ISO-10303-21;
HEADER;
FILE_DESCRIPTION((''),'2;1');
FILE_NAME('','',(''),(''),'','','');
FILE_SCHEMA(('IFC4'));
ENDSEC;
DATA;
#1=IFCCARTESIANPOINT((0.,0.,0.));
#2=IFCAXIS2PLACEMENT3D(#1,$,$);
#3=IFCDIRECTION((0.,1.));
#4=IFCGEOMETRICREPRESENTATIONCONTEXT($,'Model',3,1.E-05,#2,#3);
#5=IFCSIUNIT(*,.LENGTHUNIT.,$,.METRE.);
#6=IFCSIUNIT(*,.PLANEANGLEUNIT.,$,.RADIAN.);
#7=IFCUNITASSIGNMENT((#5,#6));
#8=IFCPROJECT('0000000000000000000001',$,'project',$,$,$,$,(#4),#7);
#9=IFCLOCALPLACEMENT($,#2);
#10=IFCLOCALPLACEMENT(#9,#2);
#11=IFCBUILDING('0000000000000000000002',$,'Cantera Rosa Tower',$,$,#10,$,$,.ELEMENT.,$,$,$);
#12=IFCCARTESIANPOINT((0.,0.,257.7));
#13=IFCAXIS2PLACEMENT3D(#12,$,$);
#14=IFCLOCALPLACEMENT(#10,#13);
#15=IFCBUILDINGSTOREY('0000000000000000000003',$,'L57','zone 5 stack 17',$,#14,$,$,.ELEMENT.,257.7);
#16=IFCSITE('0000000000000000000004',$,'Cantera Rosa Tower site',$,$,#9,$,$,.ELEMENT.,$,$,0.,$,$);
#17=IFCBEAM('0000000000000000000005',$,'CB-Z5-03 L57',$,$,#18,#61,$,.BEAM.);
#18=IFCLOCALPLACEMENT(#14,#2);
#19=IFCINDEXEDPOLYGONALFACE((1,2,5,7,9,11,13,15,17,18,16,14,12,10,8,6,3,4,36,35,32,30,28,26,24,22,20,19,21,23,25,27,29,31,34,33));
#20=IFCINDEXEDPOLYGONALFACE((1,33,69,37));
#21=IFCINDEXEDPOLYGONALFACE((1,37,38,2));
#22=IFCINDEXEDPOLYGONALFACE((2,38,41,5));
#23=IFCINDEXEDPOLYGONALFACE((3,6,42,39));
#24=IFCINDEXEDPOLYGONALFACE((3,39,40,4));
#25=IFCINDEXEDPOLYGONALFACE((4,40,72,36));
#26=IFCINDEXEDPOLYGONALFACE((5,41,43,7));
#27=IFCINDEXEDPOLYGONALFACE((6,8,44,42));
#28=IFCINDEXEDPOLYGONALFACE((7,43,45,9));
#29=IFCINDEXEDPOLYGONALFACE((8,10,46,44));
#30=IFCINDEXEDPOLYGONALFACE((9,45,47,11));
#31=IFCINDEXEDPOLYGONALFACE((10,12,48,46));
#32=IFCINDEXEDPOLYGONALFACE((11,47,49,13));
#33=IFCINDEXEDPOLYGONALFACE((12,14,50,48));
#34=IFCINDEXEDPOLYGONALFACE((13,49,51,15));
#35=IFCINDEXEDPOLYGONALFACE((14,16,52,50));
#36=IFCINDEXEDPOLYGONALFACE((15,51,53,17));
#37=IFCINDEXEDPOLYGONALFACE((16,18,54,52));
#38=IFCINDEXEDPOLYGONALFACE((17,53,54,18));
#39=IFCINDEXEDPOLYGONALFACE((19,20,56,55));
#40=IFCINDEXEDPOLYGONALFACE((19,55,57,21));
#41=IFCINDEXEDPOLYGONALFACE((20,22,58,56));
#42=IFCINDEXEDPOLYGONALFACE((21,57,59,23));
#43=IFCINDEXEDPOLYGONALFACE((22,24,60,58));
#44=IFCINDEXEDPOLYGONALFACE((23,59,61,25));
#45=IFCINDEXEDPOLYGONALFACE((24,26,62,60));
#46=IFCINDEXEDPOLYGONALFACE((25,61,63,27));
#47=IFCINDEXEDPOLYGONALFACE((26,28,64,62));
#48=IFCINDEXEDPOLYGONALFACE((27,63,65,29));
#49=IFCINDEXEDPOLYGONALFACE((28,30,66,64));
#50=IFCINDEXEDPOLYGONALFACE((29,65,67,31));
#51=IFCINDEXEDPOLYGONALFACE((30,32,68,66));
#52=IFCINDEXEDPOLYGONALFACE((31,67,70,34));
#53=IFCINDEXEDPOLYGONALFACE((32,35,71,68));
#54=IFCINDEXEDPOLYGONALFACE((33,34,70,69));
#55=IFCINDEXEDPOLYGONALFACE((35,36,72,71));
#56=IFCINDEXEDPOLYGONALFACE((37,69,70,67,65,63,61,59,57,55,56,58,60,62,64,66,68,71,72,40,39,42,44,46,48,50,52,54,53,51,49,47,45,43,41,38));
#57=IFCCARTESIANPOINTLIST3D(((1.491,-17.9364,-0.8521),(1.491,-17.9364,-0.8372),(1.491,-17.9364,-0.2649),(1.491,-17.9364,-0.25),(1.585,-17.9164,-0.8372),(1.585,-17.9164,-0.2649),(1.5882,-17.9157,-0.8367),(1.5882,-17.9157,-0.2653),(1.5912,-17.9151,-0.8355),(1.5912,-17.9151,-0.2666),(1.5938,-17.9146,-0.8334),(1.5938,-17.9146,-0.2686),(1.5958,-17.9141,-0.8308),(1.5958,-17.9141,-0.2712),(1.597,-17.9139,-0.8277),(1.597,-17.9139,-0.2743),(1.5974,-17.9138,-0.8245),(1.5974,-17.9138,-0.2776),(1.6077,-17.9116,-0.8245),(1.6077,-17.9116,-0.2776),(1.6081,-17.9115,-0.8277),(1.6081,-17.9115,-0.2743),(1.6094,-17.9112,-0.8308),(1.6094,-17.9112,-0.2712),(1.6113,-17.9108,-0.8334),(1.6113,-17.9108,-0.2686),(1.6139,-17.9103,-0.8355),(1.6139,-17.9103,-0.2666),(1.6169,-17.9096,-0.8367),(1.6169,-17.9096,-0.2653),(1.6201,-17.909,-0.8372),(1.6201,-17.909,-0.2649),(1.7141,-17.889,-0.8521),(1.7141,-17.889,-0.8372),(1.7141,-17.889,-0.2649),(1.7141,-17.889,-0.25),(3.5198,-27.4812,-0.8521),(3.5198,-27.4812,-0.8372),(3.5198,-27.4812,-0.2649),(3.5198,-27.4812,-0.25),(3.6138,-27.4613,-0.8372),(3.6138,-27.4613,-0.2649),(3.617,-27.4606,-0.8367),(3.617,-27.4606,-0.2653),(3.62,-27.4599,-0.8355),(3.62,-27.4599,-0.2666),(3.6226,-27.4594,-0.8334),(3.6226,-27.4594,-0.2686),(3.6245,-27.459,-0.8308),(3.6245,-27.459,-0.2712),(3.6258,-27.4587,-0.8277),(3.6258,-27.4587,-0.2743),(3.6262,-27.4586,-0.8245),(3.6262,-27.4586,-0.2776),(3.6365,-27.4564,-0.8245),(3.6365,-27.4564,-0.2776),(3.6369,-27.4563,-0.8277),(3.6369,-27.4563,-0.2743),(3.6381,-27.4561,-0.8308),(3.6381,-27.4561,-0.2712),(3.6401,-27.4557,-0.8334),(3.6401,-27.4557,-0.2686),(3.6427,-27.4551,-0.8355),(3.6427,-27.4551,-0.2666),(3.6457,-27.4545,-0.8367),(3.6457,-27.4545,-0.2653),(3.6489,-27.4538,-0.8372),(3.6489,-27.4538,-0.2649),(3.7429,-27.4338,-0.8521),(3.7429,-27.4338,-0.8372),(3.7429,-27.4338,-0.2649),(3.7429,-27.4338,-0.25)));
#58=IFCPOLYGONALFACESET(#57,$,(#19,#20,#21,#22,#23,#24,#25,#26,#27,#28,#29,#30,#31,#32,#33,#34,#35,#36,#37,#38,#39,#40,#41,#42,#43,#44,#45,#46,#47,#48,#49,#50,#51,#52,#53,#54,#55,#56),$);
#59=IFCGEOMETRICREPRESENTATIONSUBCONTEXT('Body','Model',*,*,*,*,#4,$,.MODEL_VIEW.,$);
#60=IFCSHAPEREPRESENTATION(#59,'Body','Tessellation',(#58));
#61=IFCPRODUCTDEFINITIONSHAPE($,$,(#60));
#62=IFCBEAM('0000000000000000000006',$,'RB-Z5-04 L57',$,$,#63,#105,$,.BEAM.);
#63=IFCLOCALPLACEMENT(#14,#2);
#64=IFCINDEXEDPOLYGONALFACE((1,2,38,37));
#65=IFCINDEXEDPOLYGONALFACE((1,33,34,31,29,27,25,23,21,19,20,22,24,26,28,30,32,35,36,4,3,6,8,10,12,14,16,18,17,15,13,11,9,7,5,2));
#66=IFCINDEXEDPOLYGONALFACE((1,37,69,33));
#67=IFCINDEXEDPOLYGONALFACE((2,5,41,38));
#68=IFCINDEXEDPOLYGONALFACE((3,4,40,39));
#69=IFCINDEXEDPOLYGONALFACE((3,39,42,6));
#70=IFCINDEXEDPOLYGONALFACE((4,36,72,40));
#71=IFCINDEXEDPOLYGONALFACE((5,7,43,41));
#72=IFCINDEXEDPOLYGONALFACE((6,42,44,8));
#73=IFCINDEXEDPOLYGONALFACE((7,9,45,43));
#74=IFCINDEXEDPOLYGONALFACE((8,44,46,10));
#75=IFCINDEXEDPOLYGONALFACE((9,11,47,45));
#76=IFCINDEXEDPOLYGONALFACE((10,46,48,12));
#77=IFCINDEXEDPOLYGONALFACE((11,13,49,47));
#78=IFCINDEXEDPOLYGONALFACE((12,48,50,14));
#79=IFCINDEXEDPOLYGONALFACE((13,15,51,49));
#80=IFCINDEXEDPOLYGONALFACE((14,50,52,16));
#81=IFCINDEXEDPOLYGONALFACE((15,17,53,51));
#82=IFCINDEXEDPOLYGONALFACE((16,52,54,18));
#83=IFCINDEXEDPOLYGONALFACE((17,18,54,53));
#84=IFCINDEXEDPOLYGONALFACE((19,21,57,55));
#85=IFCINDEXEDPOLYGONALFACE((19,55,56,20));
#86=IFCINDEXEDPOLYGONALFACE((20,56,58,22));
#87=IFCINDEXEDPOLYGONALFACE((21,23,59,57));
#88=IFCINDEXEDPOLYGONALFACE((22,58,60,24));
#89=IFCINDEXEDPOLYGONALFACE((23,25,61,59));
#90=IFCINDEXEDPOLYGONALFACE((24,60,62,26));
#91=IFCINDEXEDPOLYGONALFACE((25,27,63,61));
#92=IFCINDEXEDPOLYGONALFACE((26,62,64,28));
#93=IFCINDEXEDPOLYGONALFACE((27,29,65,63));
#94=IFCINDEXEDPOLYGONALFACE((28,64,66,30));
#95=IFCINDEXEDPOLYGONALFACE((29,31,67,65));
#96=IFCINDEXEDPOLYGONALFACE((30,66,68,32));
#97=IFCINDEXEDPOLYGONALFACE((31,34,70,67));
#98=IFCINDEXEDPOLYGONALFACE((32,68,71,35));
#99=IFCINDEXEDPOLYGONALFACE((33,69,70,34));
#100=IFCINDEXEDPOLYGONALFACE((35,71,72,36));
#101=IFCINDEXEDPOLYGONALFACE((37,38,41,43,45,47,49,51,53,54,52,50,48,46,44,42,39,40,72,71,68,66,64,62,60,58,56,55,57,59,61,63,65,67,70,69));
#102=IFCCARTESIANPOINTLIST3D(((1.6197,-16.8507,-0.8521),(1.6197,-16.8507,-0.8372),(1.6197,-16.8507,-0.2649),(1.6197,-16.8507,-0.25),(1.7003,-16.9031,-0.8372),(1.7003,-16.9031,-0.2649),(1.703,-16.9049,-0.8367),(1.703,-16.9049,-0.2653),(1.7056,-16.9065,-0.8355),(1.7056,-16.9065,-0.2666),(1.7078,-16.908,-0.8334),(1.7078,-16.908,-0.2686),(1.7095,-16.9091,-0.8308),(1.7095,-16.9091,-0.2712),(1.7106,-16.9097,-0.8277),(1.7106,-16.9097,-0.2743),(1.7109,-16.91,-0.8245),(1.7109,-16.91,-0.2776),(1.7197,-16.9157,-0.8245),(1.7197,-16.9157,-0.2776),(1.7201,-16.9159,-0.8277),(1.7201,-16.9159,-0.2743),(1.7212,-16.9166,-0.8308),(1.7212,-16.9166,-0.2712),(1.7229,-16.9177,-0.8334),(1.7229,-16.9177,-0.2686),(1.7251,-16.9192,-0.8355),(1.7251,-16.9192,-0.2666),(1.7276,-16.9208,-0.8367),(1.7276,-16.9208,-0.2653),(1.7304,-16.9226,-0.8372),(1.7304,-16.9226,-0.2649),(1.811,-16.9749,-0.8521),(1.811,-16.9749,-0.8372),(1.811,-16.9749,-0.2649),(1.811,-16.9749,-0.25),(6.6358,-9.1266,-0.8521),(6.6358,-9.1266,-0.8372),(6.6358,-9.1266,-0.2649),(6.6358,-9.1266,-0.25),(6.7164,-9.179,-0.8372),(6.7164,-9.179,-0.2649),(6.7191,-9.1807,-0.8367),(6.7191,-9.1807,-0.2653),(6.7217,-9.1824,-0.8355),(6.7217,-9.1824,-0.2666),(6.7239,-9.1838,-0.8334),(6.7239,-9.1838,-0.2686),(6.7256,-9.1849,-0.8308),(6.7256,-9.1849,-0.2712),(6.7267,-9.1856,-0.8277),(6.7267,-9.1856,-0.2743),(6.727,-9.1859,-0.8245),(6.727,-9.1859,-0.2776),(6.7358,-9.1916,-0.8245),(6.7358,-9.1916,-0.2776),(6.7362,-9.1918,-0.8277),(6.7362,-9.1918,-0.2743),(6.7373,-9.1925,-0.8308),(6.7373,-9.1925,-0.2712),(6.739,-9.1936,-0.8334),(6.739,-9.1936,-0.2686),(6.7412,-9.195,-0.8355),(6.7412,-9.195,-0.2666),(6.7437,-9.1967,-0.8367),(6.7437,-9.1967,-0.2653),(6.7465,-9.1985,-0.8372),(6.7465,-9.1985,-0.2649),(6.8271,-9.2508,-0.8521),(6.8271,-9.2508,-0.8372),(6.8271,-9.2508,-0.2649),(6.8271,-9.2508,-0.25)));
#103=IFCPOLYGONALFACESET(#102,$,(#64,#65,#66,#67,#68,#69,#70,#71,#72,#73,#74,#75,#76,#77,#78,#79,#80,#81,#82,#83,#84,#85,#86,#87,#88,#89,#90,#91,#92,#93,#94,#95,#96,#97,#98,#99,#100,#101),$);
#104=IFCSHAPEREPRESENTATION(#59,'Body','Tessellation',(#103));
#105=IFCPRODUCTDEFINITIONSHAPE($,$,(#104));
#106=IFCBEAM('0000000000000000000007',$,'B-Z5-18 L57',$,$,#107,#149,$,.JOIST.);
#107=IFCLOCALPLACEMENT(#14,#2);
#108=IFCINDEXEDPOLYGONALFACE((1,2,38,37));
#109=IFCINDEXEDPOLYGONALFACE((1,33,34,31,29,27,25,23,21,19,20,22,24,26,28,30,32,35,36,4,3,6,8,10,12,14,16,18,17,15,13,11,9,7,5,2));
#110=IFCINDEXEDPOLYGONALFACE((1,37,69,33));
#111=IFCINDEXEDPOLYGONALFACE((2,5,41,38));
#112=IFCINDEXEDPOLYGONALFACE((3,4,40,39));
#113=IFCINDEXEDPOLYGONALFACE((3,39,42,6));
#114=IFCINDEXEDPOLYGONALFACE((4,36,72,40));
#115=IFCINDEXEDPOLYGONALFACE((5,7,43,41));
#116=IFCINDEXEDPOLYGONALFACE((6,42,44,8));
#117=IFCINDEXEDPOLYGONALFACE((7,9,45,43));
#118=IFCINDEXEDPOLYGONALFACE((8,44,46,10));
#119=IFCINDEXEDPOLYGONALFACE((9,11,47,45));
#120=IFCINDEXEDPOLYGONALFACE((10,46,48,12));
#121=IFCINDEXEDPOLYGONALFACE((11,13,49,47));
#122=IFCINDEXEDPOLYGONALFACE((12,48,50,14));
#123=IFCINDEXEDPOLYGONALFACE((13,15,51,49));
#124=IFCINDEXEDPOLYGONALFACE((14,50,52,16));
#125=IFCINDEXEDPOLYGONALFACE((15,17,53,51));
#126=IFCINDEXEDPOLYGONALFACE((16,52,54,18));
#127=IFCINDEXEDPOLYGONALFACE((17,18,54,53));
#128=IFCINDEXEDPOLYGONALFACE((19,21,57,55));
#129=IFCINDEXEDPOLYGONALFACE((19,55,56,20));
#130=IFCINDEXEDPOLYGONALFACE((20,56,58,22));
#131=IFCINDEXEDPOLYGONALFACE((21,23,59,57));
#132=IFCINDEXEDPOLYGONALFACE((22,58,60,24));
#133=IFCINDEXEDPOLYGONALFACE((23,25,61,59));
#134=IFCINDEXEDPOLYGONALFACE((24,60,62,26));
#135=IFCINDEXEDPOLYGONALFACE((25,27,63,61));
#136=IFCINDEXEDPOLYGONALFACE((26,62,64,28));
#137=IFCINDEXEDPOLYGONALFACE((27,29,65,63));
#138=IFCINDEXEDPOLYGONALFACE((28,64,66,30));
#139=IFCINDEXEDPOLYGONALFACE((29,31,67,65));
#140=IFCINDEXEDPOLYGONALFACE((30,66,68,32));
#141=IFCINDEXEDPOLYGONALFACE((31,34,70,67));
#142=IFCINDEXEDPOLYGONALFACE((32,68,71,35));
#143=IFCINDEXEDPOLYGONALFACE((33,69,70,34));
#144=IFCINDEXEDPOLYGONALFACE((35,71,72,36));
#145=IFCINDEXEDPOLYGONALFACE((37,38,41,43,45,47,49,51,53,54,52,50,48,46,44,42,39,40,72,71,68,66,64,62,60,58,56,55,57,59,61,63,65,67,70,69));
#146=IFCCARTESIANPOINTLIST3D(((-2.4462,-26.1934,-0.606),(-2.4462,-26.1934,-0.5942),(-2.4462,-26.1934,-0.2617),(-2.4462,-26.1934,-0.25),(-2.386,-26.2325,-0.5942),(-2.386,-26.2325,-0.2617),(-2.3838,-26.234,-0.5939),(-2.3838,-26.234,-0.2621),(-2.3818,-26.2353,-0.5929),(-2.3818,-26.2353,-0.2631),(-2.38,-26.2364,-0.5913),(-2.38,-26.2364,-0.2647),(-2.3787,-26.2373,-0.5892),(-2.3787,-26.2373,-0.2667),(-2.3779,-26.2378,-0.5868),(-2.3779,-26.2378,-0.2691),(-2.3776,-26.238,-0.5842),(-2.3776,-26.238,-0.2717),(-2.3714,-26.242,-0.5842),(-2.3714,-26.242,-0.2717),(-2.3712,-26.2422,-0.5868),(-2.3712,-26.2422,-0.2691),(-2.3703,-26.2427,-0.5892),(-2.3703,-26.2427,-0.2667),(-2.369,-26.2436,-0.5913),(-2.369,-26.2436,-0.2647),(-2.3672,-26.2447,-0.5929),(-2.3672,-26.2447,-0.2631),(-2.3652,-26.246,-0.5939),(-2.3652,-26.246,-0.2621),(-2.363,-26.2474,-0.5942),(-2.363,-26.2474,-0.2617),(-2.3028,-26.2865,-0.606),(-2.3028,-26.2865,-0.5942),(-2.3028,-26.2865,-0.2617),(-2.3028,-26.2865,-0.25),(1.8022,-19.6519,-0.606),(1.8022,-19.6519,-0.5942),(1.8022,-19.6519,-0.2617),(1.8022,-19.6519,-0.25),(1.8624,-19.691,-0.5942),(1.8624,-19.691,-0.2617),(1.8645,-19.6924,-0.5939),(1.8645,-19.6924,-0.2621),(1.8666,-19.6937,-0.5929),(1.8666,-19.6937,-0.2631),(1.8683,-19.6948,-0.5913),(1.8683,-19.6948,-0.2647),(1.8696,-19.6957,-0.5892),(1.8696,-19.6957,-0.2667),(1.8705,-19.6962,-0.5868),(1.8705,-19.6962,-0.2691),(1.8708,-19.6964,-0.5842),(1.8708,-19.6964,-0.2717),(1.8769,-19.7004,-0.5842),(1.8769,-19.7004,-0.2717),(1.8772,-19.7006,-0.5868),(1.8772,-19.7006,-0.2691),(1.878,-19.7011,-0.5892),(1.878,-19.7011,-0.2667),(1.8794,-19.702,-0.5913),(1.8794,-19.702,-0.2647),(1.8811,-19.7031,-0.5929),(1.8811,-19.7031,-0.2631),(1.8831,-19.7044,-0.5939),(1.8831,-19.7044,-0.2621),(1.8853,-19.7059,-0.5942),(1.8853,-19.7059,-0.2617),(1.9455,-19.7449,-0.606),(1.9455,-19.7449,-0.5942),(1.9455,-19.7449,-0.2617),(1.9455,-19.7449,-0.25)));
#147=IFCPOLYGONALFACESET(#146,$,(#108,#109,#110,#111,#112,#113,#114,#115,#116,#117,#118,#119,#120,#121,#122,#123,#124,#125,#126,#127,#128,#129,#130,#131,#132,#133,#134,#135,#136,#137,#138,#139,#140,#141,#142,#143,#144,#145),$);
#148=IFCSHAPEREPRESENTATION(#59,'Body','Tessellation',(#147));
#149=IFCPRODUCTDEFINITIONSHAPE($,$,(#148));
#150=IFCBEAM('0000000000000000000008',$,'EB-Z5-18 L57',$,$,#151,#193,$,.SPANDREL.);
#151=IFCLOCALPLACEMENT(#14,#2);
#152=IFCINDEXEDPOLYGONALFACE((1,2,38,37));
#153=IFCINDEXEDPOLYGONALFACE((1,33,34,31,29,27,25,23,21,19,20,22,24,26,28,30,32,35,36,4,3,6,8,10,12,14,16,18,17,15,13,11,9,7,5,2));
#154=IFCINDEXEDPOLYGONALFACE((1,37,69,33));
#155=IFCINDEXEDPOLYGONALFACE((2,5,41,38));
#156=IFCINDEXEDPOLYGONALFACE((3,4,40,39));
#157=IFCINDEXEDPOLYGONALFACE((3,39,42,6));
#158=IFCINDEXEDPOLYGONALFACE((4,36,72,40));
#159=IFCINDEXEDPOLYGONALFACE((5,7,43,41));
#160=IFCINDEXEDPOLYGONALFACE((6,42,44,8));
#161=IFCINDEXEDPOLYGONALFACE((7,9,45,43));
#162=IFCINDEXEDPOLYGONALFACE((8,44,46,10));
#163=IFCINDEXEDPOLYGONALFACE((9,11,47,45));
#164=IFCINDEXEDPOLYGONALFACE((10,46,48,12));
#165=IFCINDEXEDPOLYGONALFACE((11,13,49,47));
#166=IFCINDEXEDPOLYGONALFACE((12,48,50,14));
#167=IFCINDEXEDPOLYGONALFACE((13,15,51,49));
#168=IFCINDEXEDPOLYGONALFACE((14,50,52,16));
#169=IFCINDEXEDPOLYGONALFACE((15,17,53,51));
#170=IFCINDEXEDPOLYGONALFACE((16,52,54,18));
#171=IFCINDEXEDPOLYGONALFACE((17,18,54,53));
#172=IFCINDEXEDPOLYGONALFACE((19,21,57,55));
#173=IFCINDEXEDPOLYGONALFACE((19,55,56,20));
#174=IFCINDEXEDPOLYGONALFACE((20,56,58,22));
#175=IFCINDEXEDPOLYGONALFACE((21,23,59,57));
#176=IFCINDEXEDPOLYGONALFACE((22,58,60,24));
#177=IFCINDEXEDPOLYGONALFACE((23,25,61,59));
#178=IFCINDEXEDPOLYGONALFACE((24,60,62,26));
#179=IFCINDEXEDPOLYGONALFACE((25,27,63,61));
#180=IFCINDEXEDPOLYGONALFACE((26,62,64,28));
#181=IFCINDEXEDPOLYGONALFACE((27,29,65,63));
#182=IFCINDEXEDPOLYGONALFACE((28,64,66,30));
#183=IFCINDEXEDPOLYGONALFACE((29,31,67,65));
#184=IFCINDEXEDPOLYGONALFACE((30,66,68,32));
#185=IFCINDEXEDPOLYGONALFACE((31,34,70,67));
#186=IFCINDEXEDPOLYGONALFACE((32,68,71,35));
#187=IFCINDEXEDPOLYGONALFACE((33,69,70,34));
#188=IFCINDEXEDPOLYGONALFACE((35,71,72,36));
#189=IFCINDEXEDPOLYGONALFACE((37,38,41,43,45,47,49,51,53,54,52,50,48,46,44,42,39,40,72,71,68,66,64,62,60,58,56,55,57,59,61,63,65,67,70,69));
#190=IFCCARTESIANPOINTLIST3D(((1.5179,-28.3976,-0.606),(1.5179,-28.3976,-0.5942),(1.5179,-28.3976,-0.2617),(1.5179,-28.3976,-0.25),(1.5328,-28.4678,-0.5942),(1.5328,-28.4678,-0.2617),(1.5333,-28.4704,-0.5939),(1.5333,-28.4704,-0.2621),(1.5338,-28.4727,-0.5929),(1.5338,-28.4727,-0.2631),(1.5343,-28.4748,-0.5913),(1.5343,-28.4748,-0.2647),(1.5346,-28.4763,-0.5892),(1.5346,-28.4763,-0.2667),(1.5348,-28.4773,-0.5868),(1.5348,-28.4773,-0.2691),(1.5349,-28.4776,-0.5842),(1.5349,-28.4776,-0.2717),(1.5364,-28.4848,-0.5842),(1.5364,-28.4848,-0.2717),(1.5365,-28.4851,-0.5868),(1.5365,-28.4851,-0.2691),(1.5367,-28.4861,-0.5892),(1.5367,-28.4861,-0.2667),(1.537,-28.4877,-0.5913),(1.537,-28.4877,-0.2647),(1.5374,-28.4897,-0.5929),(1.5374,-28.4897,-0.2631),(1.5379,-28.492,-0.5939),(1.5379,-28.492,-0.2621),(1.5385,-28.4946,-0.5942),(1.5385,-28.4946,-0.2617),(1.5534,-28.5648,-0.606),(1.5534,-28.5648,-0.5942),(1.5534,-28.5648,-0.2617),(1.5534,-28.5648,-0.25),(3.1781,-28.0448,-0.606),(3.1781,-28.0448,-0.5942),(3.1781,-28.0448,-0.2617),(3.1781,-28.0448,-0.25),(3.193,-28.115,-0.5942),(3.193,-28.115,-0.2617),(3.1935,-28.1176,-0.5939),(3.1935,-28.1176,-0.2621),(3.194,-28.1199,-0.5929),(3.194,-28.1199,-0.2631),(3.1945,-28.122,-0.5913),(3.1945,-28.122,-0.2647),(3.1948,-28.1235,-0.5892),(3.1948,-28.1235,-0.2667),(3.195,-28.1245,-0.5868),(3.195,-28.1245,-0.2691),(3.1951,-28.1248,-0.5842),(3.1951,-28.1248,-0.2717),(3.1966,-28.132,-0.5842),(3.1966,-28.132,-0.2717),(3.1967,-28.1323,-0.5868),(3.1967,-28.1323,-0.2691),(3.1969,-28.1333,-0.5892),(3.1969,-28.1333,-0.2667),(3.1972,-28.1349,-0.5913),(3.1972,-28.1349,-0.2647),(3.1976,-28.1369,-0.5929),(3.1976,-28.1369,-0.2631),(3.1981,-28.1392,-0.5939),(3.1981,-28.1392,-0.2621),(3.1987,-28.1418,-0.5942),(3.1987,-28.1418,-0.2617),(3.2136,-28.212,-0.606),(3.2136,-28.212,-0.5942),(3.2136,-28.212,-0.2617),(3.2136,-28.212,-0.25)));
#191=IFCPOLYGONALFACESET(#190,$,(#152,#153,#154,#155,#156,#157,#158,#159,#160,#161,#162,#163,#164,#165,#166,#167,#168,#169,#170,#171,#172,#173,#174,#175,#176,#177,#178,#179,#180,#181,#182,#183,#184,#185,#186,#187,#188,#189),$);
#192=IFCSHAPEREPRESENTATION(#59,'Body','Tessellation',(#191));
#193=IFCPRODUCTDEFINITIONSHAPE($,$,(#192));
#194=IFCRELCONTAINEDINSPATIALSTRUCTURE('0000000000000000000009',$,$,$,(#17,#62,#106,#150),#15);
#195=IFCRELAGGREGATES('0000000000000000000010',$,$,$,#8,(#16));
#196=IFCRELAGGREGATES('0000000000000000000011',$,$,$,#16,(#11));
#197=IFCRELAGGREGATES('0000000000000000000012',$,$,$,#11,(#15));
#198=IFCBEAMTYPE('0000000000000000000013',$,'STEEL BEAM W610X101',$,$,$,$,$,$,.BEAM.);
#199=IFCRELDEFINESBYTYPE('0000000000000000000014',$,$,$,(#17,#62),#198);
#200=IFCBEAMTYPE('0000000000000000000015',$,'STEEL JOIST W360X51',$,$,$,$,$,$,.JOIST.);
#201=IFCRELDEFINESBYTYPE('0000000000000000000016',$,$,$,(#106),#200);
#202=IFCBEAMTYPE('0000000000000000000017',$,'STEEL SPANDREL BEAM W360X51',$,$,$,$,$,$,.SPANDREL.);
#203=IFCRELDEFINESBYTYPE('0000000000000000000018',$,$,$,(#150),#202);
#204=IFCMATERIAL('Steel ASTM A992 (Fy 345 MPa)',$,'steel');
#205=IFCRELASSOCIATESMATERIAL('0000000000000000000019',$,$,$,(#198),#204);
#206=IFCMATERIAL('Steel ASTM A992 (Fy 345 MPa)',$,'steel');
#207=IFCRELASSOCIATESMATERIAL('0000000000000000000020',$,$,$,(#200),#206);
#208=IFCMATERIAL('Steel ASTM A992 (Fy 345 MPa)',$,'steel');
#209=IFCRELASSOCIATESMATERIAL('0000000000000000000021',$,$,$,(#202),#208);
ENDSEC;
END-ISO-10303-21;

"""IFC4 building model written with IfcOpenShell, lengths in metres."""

from ifc_helpers import new_model, si_unit, direction, frame, origin, origin_2d, place, context, subcontext, project, spatial, i_section, extrude, material, material_profile, profile_set, type_object, element, save


model = new_model("IFC4")

# Units and contexts
model_context = context("Model", 3, precision=1e-05, world=origin(), true_north=direction((0.0, 1.0)))
body_context = subcontext(model_context, "Body", "Model", "MODEL_VIEW")
ifc_project = project(units=[si_unit("LENGTHUNIT", "METRE"), si_unit("PLANEANGLEUNIT", "RADIAN")], contexts=[model_context])

# Site, building, storey
site_placement = place(None, origin())
site = spatial("IfcSite", under=ifc_project, at=site_placement, Name="Cantera Rosa Tower site", CompositionType="ELEMENT", RefElevation=0.0)
building_placement = place(site_placement, origin())
building = spatial("IfcBuilding", under=site, at=building_placement, Name="Cantera Rosa Tower", CompositionType="ELEMENT")
storey_placement = place(building_placement, frame((0.0, 0.0, 257.7)))
storey = spatial("IfcBuildingStorey", under=building, at=storey_placement, Name="L57", Description="zone 5 stack 17", CompositionType="ELEMENT", Elevation=257.7)

# Beams
ifc_material_1 = material(Name="Steel ASTM A992 (Fy 345 MPa)", Category="steel")
ifc_material_profile_1 = material_profile(ifc_material_1, i_section(OverallWidth=0.228, OverallDepth=0.6021, WebThickness=0.0105, FlangeThickness=0.0149, FilletRadius=0.0127, at=origin_2d()), Name="W610X101")
ifc_profile_set_1 = profile_set([ifc_material_profile_1], Name="Steel ASTM A992 (Fy 345 MPa)")
beam_type_1 = type_object("IfcBeamType", Name="STEEL BEAM W610X101", PredefinedType="BEAM", material=ifc_profile_set_1)
beam_1_placement = place(storey_placement, frame((3.6313, -27.4575, -0.551), z_axis=(-0.207909, 0.978148, 0.0), x_axis=(-0.978148, -0.207909, 0.0)))
element("IfcBeam", 1, at=beam_1_placement, inside=storey, type_object=beam_type_1, Name="CB-Z5-03 L57", PredefinedType="BEAM", context=body_context, shape_type="SweptSolid", body=[
    extrude(i_section(OverallWidth=0.228, OverallDepth=0.6021, WebThickness=0.0105, FlangeThickness=0.0149, FilletRadius=0.0127, at=origin_2d()), origin(), (0.0, 0.0, 1.0), 9.7581),
])
beam_2_placement = place(storey_placement, frame((1.7153, -16.9128, -0.551), z_axis=(0.54464, 0.83867, 0.0), x_axis=(-0.83867, 0.54464, 0.0)))
element("IfcBeam", 2, at=beam_2_placement, inside=storey, type_object=beam_type_1, Name="RB-Z5-04 L57", PredefinedType="BEAM", context=body_context, shape_type="SweptSolid", body=[
    extrude(i_section(OverallWidth=0.228, OverallDepth=0.6021, WebThickness=0.0105, FlangeThickness=0.0149, FilletRadius=0.0127, at=origin_2d()), origin(), (0.0, 0.0, 1.0), 9.21),
])
ifc_material_2 = material(Name="Steel ASTM A992 (Fy 345 MPa)", Category="steel")
ifc_material_profile_2 = material_profile(ifc_material_2, i_section(OverallWidth=0.1709, OverallDepth=0.356, WebThickness=0.0073, FlangeThickness=0.0117, FilletRadius=0.01, at=origin_2d()), Name="W360X51")
ifc_profile_set_2 = profile_set([ifc_material_profile_2], Name="Steel ASTM A992 (Fy 345 MPa)")
beam_type_2 = type_object("IfcBeamType", Name="STEEL JOIST W360X51", PredefinedType="JOIST", material=ifc_profile_set_2)
beam_3_placement = place(storey_placement, frame((-2.3745, -26.24, -0.428), z_axis=(0.544656, 0.83866, 0.0), x_axis=(-0.83866, 0.544656, 0.0)))
element("IfcBeam", 3, at=beam_3_placement, inside=storey, type_object=beam_type_2, Name="B-Z5-18 L57", PredefinedType="JOIST", context=body_context, shape_type="SweptSolid", body=[
    extrude(i_section(OverallWidth=0.1709, OverallDepth=0.356, WebThickness=0.0073, FlangeThickness=0.0117, FilletRadius=0.01, at=origin_2d()), origin(), (0.0, 0.0, 1.0), 7.8),
])
ifc_material_3 = material(Name="Steel ASTM A992 (Fy 345 MPa)", Category="steel")
ifc_material_profile_3 = material_profile(ifc_material_3, i_section(OverallWidth=0.1709, OverallDepth=0.356, WebThickness=0.0073, FlangeThickness=0.0117, FilletRadius=0.01, at=origin_2d()), Name="W360X51")
ifc_profile_set_3 = profile_set([ifc_material_profile_3], Name="Steel ASTM A992 (Fy 345 MPa)")
beam_type_3 = type_object("IfcBeamType", Name="STEEL SPANDREL BEAM W360X51", PredefinedType="SPANDREL", material=ifc_profile_set_3)
beam_4_placement = place(storey_placement, frame((1.5356, -28.4812, -0.428), z_axis=(0.978159, 0.207859, 0.0), x_axis=(-0.207859, 0.978159, 0.0)))
element("IfcBeam", 4, at=beam_4_placement, inside=storey, type_object=beam_type_3, Name="EB-Z5-18 L57", PredefinedType="SPANDREL", context=body_context, shape_type="SweptSolid", body=[
    extrude(i_section(OverallWidth=0.1709, OverallDepth=0.356, WebThickness=0.0073, FlangeThickness=0.0117, FilletRadius=0.01, at=origin_2d()), origin(), (0.0, 0.0, 1.0), 1.6973),
])

save(model, "model.ifc")
